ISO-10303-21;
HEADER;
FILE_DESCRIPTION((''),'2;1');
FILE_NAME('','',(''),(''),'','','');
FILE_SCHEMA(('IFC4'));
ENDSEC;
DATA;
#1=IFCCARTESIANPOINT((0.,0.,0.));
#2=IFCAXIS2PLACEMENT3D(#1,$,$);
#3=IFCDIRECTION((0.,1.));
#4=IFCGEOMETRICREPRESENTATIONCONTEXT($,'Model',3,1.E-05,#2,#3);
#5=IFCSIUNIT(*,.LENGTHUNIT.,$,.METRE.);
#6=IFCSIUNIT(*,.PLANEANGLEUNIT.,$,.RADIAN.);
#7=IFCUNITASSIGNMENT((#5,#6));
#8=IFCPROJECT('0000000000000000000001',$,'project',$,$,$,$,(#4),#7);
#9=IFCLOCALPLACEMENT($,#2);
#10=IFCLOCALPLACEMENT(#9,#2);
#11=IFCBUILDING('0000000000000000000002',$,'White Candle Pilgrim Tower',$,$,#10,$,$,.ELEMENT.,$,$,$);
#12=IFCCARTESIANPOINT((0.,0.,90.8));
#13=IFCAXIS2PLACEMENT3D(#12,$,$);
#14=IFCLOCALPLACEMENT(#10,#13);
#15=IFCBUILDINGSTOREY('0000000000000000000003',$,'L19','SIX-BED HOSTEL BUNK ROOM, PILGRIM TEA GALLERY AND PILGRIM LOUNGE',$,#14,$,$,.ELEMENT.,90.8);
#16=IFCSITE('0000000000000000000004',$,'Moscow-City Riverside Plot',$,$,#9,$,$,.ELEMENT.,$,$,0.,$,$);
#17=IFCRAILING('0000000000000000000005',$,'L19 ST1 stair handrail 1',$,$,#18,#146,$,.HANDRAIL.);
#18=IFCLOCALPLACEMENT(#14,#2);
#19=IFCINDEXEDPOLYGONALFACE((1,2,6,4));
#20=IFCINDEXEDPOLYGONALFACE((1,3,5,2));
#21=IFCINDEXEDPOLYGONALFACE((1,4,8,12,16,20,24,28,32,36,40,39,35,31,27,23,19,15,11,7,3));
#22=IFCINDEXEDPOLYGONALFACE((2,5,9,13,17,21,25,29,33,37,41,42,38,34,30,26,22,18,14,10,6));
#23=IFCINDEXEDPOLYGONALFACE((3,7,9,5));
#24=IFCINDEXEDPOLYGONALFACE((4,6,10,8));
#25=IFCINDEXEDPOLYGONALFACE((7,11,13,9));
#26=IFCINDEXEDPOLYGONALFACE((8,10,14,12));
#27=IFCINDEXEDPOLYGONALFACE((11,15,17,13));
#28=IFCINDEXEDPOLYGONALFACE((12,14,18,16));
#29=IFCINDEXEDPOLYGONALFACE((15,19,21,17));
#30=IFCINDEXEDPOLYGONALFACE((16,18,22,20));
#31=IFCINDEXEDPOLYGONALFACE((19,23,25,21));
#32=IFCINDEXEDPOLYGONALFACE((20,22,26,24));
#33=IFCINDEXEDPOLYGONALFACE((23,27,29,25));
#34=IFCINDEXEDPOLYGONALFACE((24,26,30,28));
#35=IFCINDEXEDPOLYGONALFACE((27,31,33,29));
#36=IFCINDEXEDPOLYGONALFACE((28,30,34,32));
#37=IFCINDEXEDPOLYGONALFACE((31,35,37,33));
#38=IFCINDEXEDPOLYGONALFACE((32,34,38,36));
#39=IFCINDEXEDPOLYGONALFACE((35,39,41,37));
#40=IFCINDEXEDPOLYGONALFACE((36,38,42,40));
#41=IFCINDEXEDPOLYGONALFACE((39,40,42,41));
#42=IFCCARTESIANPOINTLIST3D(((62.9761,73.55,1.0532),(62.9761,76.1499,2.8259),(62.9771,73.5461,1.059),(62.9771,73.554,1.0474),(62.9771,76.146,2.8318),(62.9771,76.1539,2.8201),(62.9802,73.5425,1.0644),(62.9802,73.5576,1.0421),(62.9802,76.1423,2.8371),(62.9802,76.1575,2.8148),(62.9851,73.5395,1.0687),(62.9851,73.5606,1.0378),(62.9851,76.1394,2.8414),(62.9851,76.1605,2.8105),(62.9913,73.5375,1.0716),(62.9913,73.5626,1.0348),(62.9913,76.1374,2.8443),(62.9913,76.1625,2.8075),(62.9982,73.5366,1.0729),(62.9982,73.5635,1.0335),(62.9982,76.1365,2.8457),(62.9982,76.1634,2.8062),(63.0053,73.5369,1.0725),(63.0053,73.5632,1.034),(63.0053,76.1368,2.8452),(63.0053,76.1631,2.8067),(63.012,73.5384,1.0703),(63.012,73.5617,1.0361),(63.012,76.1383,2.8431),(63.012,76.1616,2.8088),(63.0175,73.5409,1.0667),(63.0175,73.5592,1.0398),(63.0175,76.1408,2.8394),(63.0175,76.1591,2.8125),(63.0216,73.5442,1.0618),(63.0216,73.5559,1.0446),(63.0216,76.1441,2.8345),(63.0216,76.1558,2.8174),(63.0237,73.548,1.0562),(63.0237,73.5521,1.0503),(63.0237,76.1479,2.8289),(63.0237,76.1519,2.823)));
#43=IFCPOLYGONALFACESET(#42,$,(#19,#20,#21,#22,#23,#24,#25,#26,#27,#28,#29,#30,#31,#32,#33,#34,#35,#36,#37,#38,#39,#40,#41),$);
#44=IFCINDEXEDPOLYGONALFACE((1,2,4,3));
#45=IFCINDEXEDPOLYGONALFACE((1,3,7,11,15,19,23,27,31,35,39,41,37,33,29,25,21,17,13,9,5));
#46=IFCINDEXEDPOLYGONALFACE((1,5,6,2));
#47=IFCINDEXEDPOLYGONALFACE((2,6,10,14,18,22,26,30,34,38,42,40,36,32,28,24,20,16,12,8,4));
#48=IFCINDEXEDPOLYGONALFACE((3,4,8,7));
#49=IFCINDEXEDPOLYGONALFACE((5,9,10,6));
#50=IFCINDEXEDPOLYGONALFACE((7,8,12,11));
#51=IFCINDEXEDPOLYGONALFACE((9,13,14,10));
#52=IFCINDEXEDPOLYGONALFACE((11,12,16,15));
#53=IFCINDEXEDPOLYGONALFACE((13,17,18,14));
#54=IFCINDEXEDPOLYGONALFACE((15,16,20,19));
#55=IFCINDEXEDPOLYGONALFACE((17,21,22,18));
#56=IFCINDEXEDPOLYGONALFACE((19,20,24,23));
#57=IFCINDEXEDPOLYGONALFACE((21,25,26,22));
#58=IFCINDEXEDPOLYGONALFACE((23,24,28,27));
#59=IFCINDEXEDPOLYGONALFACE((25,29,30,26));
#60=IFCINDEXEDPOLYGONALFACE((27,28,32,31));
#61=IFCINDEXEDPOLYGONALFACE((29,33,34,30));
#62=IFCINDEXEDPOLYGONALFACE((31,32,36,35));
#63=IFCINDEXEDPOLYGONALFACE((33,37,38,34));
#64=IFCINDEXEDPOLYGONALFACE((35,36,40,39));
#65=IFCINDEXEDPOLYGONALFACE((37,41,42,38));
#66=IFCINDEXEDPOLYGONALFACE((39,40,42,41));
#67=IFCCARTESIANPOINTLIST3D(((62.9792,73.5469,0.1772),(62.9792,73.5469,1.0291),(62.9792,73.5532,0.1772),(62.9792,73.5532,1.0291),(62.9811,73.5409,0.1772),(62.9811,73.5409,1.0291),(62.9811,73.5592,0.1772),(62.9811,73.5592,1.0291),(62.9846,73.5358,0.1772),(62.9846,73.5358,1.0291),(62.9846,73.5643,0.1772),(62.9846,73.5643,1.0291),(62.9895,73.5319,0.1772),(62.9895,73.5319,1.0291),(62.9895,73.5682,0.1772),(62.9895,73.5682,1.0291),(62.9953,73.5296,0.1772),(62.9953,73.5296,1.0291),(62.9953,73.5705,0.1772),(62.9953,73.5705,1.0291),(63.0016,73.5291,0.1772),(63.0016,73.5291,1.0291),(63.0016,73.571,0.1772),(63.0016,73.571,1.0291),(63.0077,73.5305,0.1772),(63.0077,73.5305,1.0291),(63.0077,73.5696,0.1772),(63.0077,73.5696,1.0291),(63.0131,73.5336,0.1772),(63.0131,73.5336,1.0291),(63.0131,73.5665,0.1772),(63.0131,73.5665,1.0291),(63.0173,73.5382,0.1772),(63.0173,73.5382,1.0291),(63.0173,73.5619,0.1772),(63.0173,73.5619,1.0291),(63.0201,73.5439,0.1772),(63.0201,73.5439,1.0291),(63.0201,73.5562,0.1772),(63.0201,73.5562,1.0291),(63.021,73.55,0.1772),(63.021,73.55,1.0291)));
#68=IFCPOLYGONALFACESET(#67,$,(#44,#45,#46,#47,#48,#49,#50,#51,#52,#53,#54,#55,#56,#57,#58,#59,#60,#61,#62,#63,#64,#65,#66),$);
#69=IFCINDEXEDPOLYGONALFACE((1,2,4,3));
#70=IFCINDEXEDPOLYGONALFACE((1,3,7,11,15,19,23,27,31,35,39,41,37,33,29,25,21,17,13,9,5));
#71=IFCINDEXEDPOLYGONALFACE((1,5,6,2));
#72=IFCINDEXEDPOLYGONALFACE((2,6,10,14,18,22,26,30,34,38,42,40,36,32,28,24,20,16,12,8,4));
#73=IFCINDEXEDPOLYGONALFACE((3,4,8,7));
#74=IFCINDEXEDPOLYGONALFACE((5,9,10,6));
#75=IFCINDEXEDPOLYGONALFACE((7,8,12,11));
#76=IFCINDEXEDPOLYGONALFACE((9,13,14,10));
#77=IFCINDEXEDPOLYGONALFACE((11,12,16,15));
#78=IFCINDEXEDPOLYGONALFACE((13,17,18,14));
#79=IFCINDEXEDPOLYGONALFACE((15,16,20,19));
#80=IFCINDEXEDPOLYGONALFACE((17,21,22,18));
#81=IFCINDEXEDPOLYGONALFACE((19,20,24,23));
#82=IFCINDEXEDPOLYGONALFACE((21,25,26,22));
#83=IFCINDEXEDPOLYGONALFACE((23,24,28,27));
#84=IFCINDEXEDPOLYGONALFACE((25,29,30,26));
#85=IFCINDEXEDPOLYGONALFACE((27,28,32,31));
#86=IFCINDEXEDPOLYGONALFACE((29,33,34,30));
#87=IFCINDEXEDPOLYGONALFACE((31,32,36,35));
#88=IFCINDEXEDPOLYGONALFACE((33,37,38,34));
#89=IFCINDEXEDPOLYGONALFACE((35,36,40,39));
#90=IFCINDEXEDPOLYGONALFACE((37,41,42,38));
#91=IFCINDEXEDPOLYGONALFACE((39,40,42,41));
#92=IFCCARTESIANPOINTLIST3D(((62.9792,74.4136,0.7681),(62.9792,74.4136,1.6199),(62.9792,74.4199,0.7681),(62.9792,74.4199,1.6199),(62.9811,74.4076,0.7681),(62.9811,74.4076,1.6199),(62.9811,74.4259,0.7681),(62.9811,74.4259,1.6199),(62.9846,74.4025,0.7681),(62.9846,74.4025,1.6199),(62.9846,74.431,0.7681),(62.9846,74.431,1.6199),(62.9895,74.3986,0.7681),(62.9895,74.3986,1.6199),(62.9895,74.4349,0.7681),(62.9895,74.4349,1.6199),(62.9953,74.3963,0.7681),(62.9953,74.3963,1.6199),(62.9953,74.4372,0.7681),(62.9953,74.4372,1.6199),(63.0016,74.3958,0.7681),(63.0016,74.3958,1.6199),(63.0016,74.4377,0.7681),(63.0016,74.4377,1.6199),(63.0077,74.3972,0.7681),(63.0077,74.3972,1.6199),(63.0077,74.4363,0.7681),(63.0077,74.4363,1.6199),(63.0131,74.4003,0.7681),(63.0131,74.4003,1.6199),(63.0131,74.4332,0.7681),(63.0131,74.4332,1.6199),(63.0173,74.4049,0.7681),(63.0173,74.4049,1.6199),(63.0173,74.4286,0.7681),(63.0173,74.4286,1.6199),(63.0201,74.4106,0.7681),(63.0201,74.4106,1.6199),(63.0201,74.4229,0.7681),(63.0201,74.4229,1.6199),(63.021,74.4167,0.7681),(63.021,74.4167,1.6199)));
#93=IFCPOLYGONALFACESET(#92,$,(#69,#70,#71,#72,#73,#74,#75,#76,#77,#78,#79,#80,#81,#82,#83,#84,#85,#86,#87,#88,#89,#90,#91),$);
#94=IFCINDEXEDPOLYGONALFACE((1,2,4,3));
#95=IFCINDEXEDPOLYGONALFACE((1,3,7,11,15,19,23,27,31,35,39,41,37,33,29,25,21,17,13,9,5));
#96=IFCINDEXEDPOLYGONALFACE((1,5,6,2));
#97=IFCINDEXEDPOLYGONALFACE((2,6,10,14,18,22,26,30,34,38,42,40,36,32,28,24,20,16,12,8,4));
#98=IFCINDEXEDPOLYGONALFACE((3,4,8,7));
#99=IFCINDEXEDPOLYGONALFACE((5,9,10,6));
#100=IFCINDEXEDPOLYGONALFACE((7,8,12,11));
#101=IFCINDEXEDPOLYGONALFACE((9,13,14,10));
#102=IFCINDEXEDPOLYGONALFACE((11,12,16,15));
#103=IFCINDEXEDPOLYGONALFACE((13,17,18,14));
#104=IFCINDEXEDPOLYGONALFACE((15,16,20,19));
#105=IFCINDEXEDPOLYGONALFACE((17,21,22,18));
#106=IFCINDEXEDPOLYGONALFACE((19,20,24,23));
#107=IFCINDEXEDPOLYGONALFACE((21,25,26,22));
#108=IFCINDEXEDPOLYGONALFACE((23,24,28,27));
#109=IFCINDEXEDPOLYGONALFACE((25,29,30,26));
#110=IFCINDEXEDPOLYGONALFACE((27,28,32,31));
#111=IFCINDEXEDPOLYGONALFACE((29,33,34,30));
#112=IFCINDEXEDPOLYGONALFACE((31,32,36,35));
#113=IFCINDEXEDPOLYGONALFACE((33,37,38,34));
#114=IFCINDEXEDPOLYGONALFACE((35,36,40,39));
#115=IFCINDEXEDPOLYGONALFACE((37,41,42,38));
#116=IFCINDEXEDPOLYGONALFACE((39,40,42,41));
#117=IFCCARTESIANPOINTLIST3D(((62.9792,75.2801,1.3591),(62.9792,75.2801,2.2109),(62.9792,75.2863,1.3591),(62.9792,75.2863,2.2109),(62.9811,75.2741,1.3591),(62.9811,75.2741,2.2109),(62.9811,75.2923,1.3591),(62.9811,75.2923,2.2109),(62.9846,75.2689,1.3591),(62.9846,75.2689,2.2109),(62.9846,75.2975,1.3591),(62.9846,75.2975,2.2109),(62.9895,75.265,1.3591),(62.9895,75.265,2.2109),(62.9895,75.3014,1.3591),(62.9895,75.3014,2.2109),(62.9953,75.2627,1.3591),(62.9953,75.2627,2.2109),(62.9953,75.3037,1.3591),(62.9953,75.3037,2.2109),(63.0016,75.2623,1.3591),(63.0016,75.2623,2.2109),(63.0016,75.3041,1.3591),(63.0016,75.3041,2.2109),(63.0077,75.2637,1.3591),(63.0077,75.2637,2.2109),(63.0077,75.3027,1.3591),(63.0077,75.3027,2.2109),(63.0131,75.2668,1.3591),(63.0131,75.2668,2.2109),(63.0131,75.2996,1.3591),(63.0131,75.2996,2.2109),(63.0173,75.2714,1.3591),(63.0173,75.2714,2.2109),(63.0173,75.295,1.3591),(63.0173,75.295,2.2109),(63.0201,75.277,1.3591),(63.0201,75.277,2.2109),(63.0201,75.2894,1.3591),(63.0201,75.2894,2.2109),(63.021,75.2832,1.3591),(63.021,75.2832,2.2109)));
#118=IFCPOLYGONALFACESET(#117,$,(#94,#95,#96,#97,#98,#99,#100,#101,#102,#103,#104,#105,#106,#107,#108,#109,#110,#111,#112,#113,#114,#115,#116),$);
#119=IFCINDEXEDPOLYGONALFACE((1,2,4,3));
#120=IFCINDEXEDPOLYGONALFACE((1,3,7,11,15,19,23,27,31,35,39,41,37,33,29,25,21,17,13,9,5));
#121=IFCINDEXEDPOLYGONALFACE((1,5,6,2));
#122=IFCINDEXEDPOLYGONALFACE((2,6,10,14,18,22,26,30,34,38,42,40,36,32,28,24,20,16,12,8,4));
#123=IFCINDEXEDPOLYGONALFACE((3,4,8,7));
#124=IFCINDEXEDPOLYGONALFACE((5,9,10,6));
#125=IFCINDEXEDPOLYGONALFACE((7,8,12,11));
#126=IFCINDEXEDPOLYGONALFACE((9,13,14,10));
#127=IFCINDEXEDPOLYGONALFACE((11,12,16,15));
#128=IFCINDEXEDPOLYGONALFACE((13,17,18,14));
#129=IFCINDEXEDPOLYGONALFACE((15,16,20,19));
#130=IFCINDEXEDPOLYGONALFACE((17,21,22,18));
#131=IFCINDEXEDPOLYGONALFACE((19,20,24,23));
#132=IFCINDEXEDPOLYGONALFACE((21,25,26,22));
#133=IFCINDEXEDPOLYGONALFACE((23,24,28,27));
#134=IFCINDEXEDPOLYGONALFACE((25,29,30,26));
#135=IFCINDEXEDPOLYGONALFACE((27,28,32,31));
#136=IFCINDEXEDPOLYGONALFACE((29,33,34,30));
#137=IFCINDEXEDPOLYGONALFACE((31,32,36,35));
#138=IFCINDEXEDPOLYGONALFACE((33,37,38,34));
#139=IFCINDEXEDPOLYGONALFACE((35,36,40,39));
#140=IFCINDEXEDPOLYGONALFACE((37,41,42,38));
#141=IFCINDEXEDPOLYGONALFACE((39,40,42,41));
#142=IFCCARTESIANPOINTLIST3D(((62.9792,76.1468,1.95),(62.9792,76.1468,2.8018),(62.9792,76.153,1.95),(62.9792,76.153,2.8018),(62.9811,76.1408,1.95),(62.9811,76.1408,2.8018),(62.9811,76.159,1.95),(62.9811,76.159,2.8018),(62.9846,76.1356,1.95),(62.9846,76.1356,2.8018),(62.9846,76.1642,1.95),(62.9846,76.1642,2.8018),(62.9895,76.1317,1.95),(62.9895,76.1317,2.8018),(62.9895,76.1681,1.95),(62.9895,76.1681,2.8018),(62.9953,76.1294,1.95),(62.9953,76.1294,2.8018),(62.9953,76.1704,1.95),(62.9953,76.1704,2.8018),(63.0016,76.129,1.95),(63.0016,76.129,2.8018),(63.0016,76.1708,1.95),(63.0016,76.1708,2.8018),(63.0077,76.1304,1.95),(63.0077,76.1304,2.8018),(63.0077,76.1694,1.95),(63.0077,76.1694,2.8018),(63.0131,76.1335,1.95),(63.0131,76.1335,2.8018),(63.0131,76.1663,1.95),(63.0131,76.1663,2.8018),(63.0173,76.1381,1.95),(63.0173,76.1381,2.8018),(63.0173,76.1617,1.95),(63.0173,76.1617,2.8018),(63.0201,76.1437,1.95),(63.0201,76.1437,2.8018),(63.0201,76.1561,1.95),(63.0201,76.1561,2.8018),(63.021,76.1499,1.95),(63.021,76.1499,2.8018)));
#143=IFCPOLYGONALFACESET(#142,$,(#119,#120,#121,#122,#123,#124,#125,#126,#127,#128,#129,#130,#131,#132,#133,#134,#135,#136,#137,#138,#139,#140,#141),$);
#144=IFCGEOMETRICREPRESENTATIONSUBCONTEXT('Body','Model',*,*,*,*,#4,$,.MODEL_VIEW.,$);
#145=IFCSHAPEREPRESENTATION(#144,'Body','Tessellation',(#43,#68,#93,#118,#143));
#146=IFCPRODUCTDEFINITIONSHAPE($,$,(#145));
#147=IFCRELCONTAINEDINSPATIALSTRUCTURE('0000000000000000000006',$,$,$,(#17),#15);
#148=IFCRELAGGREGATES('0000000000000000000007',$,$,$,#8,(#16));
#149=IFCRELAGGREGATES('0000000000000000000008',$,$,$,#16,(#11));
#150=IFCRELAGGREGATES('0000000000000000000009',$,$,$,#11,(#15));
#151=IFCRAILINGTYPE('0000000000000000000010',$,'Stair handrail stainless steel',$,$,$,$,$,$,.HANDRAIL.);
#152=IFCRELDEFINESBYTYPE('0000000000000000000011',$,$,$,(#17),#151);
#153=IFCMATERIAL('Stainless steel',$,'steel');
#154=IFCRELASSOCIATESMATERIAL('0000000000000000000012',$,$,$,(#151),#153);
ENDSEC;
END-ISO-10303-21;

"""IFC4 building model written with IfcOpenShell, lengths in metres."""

from ifc_helpers import new_model, si_unit, direction, frame, origin, origin_2d, place, context, subcontext, project, spatial, circle, extrude, material, type_object, element, save


model = new_model("IFC4")

# Units and contexts
model_context = context("Model", 3, precision=1e-05, world=origin(), true_north=direction((0.0, 1.0)))
body_context = subcontext(model_context, "Body", "Model", "MODEL_VIEW")
ifc_project = project(units=[si_unit("LENGTHUNIT", "METRE"), si_unit("PLANEANGLEUNIT", "RADIAN")], contexts=[model_context])

# Site, building, storey
site_placement = place(None, origin())
site = spatial("IfcSite", under=ifc_project, at=site_placement, Name="Moscow-City Riverside Plot", CompositionType="ELEMENT", RefElevation=0.0)
building_placement = place(site_placement, origin())
building = spatial("IfcBuilding", under=site, at=building_placement, Name="White Candle Pilgrim Tower", CompositionType="ELEMENT")
storey_placement = place(building_placement, frame((0.0, 0.0, 90.8)))
storey = spatial("IfcBuildingStorey", under=building, at=storey_placement, Name="L19", Description="SIX-BED HOSTEL BUNK ROOM, PILGRIM TEA GALLERY AND PILGRIM LOUNGE", CompositionType="ELEMENT", Elevation=90.8)

# Railing
ifc_material_1 = material(Name="Stainless steel", Category="steel")
railing_type_1 = type_object("IfcRailingType", Name="Stair handrail stainless steel", PredefinedType="HANDRAIL", material=ifc_material_1)
railing_1_placement = place(storey_placement, frame((63.0, 73.55, 0.1772)))
element("IfcRailing", 1, at=railing_1_placement, inside=storey, type_object=railing_type_1, Name="L19 ST1 stair handrail 1", PredefinedType="HANDRAIL", context=body_context, shape_type="SweptSolid", body=[
    extrude(circle(Radius=0.0239, at=origin_2d()), frame((0.0, 0.0, 0.876), z_axis=(0.0, 0.826216, 0.563354), x_axis=(-1.0, 0.0, 0.0)), (0.0, 0.0, 1.0), 3.1467),
    extrude(circle(Radius=0.021, at=origin_2d()), origin(), (0.0, 0.0, 1.0), 0.8518),
    extrude(circle(Radius=0.021, at=origin_2d()), frame((0.0, 0.8667, 0.5908)), (0.0, 0.0, 1.0), 0.8518),
    extrude(circle(Radius=0.021, at=origin_2d()), frame((0.0, 1.7332, 1.1819)), (0.0, 0.0, 1.0), 0.8518),
    extrude(circle(Radius=0.021, at=origin_2d()), frame((0.0, 2.5999, 1.7727)), (0.0, 0.0, 1.0), 0.8518),
])

save(model, "model.ifc")
